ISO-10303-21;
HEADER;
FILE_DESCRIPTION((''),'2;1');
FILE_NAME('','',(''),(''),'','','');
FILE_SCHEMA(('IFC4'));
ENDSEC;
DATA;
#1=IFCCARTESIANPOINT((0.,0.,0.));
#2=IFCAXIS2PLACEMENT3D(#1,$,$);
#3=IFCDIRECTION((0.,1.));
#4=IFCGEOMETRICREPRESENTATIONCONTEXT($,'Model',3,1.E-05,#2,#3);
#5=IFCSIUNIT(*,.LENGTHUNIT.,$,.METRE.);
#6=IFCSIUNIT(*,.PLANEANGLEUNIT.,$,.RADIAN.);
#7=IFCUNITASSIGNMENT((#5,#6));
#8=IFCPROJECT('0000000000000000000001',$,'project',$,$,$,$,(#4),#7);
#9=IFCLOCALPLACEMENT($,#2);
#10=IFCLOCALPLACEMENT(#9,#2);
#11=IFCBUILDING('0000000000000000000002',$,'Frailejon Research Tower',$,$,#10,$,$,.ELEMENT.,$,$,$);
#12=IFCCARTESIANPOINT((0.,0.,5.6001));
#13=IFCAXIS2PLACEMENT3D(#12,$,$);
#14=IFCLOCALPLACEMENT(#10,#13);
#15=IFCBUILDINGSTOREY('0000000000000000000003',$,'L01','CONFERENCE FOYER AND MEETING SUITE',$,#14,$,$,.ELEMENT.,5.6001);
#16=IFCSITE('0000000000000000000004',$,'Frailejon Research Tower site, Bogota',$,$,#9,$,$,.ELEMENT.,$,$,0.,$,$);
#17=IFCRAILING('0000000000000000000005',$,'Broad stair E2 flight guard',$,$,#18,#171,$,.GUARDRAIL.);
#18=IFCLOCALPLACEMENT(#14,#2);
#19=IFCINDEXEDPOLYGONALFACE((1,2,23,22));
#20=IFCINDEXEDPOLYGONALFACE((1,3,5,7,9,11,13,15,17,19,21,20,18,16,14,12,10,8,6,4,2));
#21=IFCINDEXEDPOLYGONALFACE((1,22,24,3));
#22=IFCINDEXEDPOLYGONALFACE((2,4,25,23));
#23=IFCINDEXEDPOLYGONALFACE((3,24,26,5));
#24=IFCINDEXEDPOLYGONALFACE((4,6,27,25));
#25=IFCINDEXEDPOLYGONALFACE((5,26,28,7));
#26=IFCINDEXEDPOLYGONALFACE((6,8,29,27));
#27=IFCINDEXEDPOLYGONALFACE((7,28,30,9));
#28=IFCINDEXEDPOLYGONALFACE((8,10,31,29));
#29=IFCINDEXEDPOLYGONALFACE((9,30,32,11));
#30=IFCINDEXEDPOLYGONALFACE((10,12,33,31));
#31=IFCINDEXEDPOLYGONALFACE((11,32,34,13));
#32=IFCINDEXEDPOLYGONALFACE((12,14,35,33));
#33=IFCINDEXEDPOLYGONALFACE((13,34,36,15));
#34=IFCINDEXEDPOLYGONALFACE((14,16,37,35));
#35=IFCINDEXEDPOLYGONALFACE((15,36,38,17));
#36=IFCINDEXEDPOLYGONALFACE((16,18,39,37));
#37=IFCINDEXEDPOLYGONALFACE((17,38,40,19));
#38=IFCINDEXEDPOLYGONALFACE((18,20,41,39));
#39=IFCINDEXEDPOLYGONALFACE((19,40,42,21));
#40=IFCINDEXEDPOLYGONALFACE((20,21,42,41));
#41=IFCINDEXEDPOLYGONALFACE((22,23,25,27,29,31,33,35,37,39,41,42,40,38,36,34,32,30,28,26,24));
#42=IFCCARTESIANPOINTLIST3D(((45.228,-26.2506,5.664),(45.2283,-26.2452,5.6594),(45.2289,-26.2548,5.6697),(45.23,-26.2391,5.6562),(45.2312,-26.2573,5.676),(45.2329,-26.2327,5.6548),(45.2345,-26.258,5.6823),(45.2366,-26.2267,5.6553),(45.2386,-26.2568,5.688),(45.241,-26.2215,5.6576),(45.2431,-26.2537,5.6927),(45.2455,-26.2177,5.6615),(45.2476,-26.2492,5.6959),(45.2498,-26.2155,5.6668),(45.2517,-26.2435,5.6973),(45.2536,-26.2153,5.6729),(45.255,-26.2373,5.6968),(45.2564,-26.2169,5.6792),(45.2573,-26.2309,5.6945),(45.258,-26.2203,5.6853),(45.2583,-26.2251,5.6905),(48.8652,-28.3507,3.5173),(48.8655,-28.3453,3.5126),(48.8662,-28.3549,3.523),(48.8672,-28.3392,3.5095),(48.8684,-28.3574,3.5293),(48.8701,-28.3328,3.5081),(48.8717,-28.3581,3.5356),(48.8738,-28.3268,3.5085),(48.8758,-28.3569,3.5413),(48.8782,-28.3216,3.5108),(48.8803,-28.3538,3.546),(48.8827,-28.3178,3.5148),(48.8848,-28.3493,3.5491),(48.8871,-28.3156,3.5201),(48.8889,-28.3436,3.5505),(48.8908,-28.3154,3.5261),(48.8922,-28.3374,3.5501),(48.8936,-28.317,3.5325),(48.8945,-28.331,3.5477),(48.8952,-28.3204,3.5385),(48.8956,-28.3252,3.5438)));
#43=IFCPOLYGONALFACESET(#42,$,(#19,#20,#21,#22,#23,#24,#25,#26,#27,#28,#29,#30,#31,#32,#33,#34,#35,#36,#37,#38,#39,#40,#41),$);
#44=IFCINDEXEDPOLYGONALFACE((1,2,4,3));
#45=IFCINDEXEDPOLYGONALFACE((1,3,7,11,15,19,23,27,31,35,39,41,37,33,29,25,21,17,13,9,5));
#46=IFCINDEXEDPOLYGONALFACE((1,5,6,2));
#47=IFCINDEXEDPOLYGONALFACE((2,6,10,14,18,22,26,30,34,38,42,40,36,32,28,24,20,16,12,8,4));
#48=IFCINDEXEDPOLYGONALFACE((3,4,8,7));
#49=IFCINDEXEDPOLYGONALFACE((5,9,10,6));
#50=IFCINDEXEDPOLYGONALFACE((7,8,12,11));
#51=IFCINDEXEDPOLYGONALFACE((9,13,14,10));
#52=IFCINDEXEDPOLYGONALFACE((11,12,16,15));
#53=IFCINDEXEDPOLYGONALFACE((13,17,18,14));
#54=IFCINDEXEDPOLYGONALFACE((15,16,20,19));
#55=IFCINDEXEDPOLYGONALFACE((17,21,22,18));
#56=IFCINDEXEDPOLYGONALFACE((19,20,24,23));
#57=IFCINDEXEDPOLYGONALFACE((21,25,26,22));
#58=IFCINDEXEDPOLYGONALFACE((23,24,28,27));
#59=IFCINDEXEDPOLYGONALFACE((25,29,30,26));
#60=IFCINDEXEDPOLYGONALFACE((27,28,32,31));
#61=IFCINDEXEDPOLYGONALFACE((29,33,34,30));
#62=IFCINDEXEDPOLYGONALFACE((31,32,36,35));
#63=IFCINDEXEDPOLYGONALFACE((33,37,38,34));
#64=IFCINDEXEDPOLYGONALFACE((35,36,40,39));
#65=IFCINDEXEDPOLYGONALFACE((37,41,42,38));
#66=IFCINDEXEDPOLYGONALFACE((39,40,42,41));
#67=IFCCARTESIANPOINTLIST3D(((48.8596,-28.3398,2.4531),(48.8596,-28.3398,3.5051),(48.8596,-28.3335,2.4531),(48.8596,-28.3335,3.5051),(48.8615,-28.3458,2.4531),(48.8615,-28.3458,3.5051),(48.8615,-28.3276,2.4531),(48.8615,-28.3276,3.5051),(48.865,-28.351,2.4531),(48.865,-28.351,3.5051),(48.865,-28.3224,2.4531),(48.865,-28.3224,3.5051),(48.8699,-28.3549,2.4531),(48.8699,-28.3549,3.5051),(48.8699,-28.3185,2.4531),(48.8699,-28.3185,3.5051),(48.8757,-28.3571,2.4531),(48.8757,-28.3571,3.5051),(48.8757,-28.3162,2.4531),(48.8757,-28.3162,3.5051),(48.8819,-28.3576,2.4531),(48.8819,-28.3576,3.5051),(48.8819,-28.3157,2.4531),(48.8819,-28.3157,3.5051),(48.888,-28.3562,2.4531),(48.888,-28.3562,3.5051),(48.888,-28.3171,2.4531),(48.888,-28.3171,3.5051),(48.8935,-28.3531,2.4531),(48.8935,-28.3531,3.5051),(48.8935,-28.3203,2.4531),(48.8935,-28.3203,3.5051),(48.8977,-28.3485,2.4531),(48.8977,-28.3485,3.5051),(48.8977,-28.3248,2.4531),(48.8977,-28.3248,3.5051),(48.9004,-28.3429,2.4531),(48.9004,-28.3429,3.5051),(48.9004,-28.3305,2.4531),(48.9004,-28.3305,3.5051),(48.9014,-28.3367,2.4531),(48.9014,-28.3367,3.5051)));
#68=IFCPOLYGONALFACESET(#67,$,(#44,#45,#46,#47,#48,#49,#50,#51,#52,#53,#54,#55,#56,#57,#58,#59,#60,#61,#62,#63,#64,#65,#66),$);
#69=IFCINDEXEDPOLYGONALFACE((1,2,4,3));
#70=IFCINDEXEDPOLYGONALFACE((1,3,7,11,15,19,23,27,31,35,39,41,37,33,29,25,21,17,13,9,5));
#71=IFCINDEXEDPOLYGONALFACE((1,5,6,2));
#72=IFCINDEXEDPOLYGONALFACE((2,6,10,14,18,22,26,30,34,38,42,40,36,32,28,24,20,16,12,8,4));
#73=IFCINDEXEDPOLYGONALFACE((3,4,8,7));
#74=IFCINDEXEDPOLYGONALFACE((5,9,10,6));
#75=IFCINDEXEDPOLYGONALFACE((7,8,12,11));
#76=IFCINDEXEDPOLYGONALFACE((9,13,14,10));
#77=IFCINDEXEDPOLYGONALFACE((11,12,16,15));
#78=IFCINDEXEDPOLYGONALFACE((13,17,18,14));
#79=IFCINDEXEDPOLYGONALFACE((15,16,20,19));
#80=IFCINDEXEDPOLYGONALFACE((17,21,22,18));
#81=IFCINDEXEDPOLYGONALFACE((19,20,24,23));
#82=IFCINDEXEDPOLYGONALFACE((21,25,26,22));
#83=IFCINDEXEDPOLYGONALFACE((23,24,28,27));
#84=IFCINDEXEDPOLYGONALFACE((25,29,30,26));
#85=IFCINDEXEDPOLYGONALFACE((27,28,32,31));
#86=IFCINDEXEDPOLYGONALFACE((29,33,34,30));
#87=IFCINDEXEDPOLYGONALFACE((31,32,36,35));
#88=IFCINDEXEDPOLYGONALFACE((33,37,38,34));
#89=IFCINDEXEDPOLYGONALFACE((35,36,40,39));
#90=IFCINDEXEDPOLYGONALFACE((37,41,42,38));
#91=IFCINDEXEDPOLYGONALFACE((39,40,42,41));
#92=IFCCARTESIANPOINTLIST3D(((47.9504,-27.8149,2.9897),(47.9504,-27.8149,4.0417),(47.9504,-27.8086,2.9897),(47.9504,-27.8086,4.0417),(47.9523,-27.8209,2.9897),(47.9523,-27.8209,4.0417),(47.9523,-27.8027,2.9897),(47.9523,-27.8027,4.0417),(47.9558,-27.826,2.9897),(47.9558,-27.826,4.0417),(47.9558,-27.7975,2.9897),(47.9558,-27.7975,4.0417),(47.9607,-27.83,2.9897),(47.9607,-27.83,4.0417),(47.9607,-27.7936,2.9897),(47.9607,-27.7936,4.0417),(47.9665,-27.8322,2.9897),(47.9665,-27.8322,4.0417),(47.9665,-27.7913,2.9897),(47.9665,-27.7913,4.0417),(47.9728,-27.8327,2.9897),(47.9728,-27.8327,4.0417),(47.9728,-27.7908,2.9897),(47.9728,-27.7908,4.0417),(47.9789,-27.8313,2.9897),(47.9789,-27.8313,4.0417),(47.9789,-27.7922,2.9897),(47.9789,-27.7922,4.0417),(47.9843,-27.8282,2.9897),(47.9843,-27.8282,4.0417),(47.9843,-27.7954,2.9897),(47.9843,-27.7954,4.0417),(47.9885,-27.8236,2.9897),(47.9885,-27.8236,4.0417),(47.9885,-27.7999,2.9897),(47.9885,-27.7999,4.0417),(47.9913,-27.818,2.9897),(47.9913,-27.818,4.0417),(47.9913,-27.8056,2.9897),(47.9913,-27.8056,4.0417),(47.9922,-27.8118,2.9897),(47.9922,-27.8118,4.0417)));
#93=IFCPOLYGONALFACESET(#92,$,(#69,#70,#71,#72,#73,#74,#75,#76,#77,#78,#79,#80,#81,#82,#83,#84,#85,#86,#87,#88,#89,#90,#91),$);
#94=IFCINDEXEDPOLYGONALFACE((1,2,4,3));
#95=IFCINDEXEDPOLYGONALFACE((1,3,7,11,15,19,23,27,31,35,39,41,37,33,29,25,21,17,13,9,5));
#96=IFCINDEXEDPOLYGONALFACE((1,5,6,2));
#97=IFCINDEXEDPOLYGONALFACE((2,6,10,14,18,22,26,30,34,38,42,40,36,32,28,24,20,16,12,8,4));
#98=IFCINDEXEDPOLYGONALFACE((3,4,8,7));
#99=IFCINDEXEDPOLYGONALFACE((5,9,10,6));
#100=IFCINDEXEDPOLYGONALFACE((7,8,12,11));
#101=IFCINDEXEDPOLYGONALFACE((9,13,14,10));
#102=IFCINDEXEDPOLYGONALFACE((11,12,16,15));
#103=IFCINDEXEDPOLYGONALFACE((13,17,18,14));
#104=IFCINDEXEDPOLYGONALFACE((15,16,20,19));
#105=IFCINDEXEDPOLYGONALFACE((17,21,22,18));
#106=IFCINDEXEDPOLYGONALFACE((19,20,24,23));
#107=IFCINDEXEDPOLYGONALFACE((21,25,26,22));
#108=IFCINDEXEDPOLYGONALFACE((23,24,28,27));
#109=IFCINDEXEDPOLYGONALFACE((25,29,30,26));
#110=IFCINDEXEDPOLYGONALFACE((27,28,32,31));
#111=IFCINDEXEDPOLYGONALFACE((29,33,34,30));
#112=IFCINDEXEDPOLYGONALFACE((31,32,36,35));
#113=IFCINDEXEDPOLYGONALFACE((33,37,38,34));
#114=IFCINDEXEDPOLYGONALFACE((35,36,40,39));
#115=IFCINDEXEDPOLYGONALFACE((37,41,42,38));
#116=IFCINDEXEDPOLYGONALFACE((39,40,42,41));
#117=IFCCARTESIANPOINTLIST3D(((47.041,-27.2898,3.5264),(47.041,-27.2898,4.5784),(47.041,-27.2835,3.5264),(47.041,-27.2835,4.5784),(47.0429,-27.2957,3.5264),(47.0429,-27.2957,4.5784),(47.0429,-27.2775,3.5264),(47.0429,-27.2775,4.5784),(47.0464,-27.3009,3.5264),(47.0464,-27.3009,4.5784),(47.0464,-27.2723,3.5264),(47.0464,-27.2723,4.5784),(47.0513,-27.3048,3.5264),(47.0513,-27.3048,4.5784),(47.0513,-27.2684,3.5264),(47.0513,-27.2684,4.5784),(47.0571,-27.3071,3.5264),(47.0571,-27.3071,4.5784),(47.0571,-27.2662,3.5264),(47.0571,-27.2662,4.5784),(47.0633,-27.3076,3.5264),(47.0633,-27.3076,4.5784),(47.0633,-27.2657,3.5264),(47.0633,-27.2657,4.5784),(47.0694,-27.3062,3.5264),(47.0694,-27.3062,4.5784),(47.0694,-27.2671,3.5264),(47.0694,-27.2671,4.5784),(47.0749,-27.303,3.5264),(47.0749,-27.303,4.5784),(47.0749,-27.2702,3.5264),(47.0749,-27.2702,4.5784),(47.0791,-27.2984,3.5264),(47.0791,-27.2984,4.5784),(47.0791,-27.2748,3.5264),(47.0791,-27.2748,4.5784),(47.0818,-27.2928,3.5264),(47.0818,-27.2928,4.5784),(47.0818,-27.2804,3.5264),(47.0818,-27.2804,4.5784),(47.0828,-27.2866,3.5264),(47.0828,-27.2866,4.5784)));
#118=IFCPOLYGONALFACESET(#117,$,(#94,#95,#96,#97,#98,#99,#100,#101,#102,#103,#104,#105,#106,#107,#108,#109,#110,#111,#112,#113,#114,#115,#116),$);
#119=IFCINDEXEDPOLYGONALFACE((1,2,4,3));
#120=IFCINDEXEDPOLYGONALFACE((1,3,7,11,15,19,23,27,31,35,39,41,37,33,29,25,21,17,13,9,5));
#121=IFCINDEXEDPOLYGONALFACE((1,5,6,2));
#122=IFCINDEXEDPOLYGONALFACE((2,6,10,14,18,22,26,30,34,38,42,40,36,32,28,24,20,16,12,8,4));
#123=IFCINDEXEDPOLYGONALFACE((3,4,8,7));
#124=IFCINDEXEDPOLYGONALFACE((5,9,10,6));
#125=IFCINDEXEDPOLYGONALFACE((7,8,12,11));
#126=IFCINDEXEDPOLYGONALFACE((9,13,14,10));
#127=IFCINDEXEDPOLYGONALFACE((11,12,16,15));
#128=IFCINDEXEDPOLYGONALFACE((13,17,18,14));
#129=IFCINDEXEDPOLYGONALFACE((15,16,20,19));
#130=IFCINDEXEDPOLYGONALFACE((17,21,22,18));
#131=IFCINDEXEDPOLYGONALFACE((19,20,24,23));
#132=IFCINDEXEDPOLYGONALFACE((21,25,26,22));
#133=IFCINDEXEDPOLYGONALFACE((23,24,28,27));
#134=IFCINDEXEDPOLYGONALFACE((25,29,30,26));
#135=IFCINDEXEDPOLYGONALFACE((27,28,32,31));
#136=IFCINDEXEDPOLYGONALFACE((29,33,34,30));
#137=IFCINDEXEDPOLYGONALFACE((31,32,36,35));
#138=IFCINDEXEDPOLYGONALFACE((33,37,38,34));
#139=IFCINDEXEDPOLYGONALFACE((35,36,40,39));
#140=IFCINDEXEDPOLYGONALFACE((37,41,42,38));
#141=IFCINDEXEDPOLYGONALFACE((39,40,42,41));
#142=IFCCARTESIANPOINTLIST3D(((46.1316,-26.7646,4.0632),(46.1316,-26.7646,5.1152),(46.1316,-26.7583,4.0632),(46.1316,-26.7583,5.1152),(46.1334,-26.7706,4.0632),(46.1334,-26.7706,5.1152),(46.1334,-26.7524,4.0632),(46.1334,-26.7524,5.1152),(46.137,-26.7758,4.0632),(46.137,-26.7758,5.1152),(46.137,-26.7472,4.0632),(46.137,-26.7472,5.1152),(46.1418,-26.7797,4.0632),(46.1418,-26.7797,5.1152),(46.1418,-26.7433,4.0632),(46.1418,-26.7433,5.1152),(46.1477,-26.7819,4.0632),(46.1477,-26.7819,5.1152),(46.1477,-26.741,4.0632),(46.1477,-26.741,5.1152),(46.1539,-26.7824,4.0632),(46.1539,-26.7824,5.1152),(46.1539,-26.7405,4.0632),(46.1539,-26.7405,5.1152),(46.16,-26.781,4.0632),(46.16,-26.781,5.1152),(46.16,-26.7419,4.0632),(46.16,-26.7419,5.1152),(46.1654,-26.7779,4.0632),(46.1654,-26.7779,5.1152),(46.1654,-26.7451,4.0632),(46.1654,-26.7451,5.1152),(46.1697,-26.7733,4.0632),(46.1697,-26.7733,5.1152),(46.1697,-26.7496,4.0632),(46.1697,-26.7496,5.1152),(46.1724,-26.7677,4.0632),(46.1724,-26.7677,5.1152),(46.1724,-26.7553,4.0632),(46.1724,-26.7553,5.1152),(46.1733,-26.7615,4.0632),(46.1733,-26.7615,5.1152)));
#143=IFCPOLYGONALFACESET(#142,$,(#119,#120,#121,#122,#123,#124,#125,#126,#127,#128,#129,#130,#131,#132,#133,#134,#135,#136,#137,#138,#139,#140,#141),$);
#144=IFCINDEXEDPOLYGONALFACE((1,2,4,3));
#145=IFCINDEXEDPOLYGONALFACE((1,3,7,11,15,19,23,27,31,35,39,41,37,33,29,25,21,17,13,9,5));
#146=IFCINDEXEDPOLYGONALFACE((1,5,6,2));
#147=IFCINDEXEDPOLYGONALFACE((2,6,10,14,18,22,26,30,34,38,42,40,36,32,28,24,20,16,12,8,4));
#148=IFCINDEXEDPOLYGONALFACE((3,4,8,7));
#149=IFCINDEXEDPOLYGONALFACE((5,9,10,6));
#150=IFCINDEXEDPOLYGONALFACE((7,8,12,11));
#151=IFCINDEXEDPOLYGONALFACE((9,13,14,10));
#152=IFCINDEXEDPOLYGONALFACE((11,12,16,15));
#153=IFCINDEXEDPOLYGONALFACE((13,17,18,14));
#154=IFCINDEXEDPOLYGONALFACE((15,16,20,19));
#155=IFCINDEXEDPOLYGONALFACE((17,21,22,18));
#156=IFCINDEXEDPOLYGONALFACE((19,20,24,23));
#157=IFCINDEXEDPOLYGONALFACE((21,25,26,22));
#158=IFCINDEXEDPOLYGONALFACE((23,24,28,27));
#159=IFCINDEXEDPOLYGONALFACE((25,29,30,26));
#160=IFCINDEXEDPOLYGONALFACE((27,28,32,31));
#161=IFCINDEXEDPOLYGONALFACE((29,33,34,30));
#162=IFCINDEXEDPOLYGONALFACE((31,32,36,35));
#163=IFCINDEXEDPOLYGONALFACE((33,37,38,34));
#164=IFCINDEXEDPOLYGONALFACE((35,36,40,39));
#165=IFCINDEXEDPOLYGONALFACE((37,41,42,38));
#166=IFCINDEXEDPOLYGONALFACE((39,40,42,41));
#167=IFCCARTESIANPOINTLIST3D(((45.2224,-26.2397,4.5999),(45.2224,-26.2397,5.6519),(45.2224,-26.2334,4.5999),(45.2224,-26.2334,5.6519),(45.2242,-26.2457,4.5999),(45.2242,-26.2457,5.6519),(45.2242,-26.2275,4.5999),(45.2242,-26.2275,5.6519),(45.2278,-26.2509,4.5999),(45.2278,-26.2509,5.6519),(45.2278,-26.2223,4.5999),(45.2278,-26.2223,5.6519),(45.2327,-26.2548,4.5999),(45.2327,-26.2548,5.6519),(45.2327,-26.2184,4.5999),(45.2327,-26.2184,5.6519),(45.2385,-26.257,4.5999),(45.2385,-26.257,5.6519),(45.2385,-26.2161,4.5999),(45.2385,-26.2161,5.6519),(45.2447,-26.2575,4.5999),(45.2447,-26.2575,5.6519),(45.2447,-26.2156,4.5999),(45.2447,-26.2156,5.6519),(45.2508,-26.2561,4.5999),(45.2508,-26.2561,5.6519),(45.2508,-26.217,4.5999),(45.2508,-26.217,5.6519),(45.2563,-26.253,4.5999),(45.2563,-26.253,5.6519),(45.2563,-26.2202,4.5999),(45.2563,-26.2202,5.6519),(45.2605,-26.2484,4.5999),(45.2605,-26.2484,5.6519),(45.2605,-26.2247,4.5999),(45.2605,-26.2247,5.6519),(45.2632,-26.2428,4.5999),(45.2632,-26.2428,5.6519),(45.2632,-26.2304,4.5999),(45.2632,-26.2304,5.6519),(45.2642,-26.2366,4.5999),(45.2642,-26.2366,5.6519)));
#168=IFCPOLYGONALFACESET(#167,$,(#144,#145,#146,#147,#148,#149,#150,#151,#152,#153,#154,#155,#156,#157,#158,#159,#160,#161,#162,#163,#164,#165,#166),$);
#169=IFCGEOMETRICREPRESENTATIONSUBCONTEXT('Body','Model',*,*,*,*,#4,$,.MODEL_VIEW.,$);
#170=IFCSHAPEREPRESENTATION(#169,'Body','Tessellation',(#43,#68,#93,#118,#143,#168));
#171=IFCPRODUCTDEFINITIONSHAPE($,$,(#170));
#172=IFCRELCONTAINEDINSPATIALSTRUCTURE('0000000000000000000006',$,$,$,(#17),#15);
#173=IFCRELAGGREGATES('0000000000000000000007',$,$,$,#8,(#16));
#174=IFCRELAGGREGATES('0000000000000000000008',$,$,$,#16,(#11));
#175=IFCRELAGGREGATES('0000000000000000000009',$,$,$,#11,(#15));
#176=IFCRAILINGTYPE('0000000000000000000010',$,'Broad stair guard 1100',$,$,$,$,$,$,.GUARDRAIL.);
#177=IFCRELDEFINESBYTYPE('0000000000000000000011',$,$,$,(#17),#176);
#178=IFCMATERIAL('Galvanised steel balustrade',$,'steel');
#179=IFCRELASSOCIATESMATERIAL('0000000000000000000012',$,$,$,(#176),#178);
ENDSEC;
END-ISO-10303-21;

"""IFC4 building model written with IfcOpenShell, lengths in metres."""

from ifc_helpers import new_model, si_unit, direction, frame, origin, origin_2d, place, context, subcontext, project, spatial, circle, extrude, material, type_object, element, save


model = new_model("IFC4")

# Units and contexts
model_context = context("Model", 3, precision=1e-05, world=origin(), true_north=direction((0.0, 1.0)))
body_context = subcontext(model_context, "Body", "Model", "MODEL_VIEW")
ifc_project = project(units=[si_unit("LENGTHUNIT", "METRE"), si_unit("PLANEANGLEUNIT", "RADIAN")], contexts=[model_context])

# Site, building, storey
site_placement = place(None, origin())
site = spatial("IfcSite", under=ifc_project, at=site_placement, Name="Frailejon Research Tower site, Bogota", CompositionType="ELEMENT", RefElevation=0.0)
building_placement = place(site_placement, origin())
building = spatial("IfcBuilding", under=site, at=building_placement, Name="Frailejon Research Tower", CompositionType="ELEMENT")
storey_placement = place(building_placement, frame((0.0, 0.0, 5.6001)))
storey = spatial("IfcBuildingStorey", under=building, at=storey_placement, Name="L01", Description="CONFERENCE FOYER AND MEETING SUITE", CompositionType="ELEMENT", Elevation=5.6001)

# Railing
ifc_material_1 = material(Name="Galvanised steel balustrade", Category="steel")
railing_type_1 = type_object("IfcRailingType", Name="Broad stair guard 1100", PredefinedType="GUARDRAIL", material=ifc_material_1)
railing_1_placement = place(storey_placement, frame((48.8804, -28.3367, 2.4531)))
element("IfcRailing", 1, at=railing_1_placement, inside=storey, type_object=railing_type_1, Name="Broad stair E2 flight guard", PredefinedType="GUARDRAIL", context=body_context, shape_type="SweptSolid", body=[
    extrude(circle(Radius=0.0239, at=origin_2d()), frame((0.0, 0.0, 1.0762), z_axis=(-0.771119, 0.445239, 0.455125), x_axis=(-0.500028, -0.866009, 0.0)), (0.0, 0.0, 1.0), 4.7168),
    extrude(circle(Radius=0.021, at=origin_2d()), origin(), (0.0, 0.0, 1.0), 1.052),
    extrude(circle(Radius=0.021, at=origin_2d()), frame((-0.9092, 0.5249, 0.5366)), (0.0, 0.0, 1.0), 1.052),
    extrude(circle(Radius=0.021, at=origin_2d()), frame((-1.8186, 1.05, 1.0732)), (0.0, 0.0, 1.0), 1.052),
    extrude(circle(Radius=0.021, at=origin_2d()), frame((-2.728, 1.5752, 1.6101)), (0.0, 0.0, 1.0), 1.052),
    extrude(circle(Radius=0.021, at=origin_2d()), frame((-3.6372, 2.1001, 2.1467)), (0.0, 0.0, 1.0), 1.052),
])

save(model, "model.ifc")
